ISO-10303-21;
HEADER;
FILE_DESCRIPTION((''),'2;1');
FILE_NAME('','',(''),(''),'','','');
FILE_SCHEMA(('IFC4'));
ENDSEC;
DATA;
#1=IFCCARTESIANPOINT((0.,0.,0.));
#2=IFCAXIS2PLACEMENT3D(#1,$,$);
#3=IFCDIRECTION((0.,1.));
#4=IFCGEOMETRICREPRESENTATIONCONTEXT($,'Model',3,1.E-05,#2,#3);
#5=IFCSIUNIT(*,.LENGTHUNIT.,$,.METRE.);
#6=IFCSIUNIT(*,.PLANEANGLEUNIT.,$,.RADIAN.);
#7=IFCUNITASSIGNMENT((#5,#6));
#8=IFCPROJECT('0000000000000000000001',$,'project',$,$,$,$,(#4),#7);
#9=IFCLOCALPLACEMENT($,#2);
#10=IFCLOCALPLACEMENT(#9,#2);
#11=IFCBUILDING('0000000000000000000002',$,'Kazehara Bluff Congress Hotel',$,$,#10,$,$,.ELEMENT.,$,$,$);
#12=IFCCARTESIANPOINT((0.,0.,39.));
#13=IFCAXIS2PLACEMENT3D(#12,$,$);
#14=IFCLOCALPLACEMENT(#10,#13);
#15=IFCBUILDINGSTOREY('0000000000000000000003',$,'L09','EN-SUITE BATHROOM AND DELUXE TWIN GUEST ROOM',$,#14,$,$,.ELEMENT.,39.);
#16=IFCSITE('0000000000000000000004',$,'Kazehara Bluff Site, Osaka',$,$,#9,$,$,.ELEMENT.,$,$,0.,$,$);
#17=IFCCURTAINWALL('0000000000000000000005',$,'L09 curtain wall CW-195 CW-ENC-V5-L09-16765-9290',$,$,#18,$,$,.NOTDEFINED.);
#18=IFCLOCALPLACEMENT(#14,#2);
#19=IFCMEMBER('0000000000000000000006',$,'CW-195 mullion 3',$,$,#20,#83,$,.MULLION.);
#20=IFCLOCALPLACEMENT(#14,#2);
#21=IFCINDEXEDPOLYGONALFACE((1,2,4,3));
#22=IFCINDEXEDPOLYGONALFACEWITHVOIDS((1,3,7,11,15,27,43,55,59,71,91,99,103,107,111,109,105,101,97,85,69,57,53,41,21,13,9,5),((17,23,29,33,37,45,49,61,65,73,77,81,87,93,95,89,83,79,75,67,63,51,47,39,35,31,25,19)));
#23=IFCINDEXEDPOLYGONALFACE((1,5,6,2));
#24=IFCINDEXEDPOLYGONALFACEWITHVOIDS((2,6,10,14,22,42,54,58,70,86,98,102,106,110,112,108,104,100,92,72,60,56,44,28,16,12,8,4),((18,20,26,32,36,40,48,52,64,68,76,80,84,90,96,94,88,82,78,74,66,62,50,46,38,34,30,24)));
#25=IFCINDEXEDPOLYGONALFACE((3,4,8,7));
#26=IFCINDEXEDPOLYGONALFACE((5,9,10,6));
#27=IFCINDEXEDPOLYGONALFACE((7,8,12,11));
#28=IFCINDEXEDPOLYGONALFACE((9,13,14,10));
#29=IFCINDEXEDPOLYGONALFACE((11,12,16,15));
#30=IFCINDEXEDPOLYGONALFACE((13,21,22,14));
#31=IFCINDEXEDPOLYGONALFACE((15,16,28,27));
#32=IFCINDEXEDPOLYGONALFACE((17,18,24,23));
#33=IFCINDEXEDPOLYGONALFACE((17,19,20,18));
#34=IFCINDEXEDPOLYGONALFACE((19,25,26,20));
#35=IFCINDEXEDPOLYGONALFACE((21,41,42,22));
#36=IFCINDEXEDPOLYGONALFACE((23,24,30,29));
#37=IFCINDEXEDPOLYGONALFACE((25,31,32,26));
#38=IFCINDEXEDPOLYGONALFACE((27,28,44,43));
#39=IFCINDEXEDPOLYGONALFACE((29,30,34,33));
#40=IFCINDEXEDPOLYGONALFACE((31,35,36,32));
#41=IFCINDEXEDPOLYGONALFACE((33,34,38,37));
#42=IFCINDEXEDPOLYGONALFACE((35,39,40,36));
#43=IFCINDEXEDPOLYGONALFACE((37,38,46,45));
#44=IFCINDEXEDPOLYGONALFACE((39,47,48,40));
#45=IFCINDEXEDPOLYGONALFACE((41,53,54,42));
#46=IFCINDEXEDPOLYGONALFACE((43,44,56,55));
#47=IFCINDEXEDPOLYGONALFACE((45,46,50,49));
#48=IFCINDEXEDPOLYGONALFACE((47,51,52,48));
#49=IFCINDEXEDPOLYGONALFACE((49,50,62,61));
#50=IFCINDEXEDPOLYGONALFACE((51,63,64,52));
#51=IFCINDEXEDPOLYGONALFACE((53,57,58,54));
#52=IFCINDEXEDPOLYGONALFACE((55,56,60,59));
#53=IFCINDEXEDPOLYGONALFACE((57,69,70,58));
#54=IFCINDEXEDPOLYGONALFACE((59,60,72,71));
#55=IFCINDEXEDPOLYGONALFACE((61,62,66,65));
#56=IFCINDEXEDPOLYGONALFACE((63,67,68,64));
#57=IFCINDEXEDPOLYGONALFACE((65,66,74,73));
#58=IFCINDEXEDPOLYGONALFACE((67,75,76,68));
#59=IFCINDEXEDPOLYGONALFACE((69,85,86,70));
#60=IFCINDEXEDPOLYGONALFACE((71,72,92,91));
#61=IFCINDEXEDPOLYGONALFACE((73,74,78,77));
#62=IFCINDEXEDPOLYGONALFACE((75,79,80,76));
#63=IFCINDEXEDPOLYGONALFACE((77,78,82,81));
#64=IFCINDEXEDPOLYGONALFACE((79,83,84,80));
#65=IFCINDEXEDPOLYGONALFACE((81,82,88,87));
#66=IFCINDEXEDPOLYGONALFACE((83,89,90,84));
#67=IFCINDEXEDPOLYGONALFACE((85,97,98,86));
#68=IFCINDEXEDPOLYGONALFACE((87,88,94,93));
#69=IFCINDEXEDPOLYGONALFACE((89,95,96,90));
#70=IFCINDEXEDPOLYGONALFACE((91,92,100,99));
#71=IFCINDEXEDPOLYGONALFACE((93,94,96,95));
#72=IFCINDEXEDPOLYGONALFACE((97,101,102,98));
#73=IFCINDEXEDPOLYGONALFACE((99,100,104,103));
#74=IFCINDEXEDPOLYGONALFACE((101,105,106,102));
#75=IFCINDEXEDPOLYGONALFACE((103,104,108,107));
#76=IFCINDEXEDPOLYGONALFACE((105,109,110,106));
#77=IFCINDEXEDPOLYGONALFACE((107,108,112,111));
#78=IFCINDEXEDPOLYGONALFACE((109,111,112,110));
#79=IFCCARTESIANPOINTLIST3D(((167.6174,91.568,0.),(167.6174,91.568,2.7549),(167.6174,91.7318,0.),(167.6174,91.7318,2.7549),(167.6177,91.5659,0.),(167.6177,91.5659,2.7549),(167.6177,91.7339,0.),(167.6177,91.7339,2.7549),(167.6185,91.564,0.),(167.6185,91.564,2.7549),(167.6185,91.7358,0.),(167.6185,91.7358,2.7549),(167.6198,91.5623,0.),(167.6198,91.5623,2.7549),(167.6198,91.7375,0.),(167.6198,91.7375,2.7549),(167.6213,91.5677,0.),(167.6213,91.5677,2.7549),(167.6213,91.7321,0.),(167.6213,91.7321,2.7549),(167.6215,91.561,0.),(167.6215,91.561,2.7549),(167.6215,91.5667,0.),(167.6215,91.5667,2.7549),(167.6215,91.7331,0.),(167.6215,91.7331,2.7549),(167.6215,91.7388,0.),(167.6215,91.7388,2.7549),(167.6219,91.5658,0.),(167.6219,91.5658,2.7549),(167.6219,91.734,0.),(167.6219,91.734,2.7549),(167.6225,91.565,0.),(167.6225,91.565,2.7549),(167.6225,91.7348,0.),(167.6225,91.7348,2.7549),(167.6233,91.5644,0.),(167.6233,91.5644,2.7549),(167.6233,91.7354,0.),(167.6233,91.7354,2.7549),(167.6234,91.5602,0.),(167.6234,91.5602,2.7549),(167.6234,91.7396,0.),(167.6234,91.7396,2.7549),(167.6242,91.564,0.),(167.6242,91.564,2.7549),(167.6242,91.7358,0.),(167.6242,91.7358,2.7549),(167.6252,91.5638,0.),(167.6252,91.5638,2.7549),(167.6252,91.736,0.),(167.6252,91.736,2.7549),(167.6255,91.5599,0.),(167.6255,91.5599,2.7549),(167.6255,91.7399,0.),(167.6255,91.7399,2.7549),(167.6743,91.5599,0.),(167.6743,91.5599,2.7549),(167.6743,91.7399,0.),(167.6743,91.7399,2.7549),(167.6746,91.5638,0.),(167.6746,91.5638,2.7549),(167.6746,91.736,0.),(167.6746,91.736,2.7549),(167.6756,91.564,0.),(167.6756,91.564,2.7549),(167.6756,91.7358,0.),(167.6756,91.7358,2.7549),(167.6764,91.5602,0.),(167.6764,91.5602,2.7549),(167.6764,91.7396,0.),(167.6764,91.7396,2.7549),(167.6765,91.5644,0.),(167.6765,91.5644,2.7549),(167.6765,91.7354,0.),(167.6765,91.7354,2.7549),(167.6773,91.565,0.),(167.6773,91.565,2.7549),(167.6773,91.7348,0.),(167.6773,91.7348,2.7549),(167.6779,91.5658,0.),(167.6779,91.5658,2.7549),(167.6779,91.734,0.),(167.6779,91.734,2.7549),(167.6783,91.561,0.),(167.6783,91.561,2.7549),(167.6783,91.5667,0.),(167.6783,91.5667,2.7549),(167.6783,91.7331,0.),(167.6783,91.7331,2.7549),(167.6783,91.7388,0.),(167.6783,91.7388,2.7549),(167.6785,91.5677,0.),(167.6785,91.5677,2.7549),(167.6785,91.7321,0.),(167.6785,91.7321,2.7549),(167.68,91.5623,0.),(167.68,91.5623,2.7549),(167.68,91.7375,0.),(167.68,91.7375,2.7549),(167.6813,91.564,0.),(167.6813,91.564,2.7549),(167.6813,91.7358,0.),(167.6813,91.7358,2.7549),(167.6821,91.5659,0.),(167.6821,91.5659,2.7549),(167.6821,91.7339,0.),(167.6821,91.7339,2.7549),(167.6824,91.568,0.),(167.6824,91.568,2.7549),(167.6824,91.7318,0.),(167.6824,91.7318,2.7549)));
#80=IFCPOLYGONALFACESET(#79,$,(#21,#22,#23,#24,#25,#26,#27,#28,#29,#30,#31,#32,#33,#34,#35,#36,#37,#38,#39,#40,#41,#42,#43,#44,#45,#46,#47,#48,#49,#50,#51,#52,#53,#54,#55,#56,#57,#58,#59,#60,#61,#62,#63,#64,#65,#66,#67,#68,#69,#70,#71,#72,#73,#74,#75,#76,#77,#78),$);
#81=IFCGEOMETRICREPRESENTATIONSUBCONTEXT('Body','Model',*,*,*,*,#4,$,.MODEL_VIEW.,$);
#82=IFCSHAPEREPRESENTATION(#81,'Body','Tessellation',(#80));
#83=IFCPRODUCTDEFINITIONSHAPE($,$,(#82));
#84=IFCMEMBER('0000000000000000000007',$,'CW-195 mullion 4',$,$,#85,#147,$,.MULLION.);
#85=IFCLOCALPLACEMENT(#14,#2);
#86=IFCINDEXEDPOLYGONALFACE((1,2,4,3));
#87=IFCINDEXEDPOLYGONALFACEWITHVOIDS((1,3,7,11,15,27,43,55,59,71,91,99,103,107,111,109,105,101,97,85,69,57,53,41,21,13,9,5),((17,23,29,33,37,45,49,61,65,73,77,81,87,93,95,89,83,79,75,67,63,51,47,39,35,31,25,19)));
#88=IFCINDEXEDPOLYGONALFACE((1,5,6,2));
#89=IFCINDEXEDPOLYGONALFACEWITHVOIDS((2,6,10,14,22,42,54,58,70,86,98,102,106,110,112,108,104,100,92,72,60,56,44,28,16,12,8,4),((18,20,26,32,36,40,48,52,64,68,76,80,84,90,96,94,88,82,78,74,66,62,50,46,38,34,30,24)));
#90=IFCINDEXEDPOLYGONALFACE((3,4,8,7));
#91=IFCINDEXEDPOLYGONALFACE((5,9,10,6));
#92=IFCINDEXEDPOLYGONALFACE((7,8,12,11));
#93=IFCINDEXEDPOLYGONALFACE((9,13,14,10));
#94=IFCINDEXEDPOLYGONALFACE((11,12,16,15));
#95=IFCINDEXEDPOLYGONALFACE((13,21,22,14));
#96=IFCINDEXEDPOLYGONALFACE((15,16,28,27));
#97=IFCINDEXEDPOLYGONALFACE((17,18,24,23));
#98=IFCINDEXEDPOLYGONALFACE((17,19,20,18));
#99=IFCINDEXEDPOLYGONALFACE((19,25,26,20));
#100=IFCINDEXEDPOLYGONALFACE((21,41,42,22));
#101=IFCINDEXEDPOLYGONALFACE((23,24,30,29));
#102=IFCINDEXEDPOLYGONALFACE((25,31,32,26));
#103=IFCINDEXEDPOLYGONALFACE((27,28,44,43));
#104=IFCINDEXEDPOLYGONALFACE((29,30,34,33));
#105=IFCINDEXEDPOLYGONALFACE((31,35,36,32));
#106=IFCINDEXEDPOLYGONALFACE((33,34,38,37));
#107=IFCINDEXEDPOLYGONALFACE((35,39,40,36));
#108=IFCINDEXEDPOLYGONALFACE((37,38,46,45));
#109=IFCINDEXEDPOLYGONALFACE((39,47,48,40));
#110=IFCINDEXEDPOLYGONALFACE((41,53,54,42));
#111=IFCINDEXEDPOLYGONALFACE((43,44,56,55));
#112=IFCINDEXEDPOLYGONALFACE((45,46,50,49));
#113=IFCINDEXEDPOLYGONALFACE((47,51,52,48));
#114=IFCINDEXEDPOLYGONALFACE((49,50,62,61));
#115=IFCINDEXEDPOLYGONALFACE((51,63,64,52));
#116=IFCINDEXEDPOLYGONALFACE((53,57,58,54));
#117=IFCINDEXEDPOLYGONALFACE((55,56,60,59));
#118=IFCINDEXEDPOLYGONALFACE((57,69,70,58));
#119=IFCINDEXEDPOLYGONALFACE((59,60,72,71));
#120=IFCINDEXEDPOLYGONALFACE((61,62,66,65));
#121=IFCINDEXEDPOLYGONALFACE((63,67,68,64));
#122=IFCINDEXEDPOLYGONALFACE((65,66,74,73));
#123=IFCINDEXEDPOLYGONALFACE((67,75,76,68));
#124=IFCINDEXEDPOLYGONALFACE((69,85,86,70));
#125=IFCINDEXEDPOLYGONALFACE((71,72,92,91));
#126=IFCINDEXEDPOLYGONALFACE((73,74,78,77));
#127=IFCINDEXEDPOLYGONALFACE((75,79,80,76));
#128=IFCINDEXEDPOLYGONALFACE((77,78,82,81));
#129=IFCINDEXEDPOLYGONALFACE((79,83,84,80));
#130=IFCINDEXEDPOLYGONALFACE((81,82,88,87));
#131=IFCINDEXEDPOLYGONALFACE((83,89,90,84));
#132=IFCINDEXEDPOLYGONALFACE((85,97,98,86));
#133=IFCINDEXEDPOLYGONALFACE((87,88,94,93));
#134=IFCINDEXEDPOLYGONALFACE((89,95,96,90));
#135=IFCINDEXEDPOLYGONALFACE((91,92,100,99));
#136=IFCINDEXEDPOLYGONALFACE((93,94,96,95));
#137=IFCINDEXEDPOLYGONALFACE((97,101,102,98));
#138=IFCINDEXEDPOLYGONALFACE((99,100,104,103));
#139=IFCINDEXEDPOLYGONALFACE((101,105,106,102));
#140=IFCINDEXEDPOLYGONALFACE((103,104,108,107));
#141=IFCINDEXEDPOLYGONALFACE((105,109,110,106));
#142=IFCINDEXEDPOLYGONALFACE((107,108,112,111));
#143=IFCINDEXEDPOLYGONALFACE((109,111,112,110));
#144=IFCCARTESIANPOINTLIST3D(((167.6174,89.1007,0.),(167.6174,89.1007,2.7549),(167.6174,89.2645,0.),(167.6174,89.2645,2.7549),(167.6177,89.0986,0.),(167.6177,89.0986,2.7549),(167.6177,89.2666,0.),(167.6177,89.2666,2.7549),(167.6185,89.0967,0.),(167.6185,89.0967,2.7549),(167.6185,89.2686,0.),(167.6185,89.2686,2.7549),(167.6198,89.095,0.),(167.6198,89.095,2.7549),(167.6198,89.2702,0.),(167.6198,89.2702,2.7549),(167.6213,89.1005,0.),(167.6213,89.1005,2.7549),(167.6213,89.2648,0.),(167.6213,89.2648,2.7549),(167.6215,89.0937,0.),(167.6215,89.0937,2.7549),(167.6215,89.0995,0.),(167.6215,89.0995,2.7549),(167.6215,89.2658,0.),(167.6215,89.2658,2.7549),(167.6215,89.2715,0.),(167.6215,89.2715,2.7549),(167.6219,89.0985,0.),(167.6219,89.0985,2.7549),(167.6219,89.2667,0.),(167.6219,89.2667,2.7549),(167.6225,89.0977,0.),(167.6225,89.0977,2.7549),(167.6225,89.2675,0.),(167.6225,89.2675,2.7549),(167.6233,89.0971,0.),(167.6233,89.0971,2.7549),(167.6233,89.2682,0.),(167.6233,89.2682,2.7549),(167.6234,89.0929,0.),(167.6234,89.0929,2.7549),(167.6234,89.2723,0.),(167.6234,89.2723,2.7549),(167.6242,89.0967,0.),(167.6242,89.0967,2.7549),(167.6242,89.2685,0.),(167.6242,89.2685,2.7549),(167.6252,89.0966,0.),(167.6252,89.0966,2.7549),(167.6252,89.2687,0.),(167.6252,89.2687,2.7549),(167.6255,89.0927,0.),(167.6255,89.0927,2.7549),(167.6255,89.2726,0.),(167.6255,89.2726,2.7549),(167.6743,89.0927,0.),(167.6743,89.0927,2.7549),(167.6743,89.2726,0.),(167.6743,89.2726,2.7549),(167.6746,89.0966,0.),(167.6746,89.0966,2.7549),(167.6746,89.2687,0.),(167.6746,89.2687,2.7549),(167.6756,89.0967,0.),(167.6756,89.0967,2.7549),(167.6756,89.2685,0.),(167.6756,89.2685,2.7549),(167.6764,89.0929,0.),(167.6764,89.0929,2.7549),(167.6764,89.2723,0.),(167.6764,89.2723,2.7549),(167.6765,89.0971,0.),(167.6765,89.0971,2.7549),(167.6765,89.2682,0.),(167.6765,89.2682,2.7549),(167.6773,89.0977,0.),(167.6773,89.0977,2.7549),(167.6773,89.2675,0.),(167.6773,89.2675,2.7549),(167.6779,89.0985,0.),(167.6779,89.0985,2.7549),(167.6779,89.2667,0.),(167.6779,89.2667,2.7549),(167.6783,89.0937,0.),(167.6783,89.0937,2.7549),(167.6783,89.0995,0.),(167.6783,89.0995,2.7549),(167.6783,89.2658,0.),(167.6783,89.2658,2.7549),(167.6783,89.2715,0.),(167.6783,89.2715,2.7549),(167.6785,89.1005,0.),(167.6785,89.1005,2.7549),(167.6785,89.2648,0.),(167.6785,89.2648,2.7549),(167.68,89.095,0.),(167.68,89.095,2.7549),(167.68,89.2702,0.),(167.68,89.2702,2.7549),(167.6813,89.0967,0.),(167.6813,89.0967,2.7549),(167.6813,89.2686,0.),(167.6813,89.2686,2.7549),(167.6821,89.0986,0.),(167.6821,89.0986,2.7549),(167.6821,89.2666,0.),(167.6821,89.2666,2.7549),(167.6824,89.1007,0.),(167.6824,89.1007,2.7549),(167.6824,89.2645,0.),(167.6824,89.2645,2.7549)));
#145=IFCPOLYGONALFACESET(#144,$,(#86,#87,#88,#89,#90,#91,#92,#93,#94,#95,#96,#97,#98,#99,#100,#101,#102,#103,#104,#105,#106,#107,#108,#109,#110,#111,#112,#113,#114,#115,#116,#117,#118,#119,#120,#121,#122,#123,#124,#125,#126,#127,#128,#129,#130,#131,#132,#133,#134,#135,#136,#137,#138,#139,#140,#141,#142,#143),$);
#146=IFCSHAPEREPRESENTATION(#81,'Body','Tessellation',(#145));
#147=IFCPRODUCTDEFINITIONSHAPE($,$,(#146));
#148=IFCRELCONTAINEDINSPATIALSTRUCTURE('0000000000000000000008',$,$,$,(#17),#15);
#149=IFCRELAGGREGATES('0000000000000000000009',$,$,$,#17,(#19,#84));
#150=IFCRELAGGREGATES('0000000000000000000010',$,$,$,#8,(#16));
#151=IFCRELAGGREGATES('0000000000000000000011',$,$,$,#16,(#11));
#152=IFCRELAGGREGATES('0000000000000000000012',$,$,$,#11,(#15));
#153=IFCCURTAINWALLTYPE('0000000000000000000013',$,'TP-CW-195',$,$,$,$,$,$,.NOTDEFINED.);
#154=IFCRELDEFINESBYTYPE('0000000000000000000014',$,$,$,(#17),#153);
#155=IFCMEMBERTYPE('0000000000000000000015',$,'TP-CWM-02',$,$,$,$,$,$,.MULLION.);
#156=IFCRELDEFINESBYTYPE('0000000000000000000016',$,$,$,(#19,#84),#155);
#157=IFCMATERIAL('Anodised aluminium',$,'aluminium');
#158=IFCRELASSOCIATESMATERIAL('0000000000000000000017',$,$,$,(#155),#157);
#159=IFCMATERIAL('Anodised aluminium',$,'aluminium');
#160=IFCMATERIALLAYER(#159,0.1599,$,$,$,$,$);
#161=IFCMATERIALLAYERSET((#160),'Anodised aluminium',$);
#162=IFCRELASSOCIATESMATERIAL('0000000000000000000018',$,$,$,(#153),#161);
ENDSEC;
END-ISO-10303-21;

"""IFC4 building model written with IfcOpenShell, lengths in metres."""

from ifc_helpers import new_model, si_unit, direction, frame, origin, origin_2d, place, context, subcontext, project, spatial, hollow_rectangle, extrude, material, layer, layer_set, material_profile, profile_set, type_object, element, aggregate, save


model = new_model("IFC4")

# Units and contexts
model_context = context("Model", 3, precision=1e-05, world=origin(), true_north=direction((0.0, 1.0)))
body_context = subcontext(model_context, "Body", "Model", "MODEL_VIEW")
ifc_project = project(units=[si_unit("LENGTHUNIT", "METRE"), si_unit("PLANEANGLEUNIT", "RADIAN")], contexts=[model_context])

# Site, building, storey
site_placement = place(None, origin())
site = spatial("IfcSite", under=ifc_project, at=site_placement, Name="Kazehara Bluff Site, Osaka", CompositionType="ELEMENT", RefElevation=0.0)
building_placement = place(site_placement, origin())
building = spatial("IfcBuilding", under=site, at=building_placement, Name="Kazehara Bluff Congress Hotel", CompositionType="ELEMENT")
storey_placement = place(building_placement, frame((0.0, 0.0, 39.0)))
storey = spatial("IfcBuildingStorey", under=building, at=storey_placement, Name="L09", Description="EN-SUITE BATHROOM AND DELUXE TWIN GUEST ROOM", CompositionType="ELEMENT", Elevation=39.0)

# Shared definitions
ifc_material_1 = material(Name="Anodised aluminium", Category="aluminium")
ifc_material_profile_1 = material_profile(ifc_material_1, hollow_rectangle(XDim=0.0649, YDim=0.1799, WallThickness=0.0039, InnerFilletRadius=0.0039, OuterFilletRadius=0.0081, at=origin_2d()))
ifc_profile_set_1 = profile_set([ifc_material_profile_1], Name="Anodised aluminium")
member_type_1 = type_object("IfcMemberType", Name="TP-CWM-02", PredefinedType="MULLION", material=ifc_profile_set_1)

# Curtain wall, members
ifc_material_2 = material(Name="Anodised aluminium", Category="aluminium")
ifc_layer_1 = layer(ifc_material_2, 0.1599)
ifc_layer_set_1 = layer_set([ifc_layer_1], Name="Anodised aluminium")
curtain_wall_type_1 = type_object("IfcCurtainWallType", Name="TP-CW-195", PredefinedType="NOTDEFINED", material=ifc_layer_set_1)
curtain_wall_1_placement = place(storey_placement, origin())
curtain_wall_1 = element("IfcCurtainWall", 1, at=curtain_wall_1_placement, inside=storey, type_object=curtain_wall_type_1, Name="L09 curtain wall CW-195 CW-ENC-V5-L09-16765-9290", PredefinedType="NOTDEFINED")
member_1_placement = place(storey_placement, frame((167.6499, 91.6499, 0.0), z_axis=(0.0, 0.0, 1.0), x_axis=(1.0, 0.0, 0.0)))
member_1 = element("IfcMember", 2, at=member_1_placement, type_object=member_type_1, Name="CW-195 mullion 3", PredefinedType="MULLION", context=body_context, shape_type="SweptSolid", body=[
    extrude(hollow_rectangle(XDim=0.0649, YDim=0.1799, WallThickness=0.0039, InnerFilletRadius=0.0039, OuterFilletRadius=0.0081, at=origin_2d()), origin(), (0.0, 0.0, 1.0), 2.7549),
])
member_2_placement = place(storey_placement, frame((167.6499, 89.1826, 0.0), z_axis=(0.0, 0.0, 1.0), x_axis=(1.0, 0.0, 0.0)))
member_2 = element("IfcMember", 3, at=member_2_placement, type_object=member_type_1, Name="CW-195 mullion 4", PredefinedType="MULLION", context=body_context, shape_type="SweptSolid", body=[
    extrude(hollow_rectangle(XDim=0.0649, YDim=0.1799, WallThickness=0.0039, InnerFilletRadius=0.0039, OuterFilletRadius=0.0081, at=origin_2d()), origin(), (0.0, 0.0, 1.0), 2.7549),
])

aggregate(curtain_wall_1, [member_1, member_2])

save(model, "model.ifc")
